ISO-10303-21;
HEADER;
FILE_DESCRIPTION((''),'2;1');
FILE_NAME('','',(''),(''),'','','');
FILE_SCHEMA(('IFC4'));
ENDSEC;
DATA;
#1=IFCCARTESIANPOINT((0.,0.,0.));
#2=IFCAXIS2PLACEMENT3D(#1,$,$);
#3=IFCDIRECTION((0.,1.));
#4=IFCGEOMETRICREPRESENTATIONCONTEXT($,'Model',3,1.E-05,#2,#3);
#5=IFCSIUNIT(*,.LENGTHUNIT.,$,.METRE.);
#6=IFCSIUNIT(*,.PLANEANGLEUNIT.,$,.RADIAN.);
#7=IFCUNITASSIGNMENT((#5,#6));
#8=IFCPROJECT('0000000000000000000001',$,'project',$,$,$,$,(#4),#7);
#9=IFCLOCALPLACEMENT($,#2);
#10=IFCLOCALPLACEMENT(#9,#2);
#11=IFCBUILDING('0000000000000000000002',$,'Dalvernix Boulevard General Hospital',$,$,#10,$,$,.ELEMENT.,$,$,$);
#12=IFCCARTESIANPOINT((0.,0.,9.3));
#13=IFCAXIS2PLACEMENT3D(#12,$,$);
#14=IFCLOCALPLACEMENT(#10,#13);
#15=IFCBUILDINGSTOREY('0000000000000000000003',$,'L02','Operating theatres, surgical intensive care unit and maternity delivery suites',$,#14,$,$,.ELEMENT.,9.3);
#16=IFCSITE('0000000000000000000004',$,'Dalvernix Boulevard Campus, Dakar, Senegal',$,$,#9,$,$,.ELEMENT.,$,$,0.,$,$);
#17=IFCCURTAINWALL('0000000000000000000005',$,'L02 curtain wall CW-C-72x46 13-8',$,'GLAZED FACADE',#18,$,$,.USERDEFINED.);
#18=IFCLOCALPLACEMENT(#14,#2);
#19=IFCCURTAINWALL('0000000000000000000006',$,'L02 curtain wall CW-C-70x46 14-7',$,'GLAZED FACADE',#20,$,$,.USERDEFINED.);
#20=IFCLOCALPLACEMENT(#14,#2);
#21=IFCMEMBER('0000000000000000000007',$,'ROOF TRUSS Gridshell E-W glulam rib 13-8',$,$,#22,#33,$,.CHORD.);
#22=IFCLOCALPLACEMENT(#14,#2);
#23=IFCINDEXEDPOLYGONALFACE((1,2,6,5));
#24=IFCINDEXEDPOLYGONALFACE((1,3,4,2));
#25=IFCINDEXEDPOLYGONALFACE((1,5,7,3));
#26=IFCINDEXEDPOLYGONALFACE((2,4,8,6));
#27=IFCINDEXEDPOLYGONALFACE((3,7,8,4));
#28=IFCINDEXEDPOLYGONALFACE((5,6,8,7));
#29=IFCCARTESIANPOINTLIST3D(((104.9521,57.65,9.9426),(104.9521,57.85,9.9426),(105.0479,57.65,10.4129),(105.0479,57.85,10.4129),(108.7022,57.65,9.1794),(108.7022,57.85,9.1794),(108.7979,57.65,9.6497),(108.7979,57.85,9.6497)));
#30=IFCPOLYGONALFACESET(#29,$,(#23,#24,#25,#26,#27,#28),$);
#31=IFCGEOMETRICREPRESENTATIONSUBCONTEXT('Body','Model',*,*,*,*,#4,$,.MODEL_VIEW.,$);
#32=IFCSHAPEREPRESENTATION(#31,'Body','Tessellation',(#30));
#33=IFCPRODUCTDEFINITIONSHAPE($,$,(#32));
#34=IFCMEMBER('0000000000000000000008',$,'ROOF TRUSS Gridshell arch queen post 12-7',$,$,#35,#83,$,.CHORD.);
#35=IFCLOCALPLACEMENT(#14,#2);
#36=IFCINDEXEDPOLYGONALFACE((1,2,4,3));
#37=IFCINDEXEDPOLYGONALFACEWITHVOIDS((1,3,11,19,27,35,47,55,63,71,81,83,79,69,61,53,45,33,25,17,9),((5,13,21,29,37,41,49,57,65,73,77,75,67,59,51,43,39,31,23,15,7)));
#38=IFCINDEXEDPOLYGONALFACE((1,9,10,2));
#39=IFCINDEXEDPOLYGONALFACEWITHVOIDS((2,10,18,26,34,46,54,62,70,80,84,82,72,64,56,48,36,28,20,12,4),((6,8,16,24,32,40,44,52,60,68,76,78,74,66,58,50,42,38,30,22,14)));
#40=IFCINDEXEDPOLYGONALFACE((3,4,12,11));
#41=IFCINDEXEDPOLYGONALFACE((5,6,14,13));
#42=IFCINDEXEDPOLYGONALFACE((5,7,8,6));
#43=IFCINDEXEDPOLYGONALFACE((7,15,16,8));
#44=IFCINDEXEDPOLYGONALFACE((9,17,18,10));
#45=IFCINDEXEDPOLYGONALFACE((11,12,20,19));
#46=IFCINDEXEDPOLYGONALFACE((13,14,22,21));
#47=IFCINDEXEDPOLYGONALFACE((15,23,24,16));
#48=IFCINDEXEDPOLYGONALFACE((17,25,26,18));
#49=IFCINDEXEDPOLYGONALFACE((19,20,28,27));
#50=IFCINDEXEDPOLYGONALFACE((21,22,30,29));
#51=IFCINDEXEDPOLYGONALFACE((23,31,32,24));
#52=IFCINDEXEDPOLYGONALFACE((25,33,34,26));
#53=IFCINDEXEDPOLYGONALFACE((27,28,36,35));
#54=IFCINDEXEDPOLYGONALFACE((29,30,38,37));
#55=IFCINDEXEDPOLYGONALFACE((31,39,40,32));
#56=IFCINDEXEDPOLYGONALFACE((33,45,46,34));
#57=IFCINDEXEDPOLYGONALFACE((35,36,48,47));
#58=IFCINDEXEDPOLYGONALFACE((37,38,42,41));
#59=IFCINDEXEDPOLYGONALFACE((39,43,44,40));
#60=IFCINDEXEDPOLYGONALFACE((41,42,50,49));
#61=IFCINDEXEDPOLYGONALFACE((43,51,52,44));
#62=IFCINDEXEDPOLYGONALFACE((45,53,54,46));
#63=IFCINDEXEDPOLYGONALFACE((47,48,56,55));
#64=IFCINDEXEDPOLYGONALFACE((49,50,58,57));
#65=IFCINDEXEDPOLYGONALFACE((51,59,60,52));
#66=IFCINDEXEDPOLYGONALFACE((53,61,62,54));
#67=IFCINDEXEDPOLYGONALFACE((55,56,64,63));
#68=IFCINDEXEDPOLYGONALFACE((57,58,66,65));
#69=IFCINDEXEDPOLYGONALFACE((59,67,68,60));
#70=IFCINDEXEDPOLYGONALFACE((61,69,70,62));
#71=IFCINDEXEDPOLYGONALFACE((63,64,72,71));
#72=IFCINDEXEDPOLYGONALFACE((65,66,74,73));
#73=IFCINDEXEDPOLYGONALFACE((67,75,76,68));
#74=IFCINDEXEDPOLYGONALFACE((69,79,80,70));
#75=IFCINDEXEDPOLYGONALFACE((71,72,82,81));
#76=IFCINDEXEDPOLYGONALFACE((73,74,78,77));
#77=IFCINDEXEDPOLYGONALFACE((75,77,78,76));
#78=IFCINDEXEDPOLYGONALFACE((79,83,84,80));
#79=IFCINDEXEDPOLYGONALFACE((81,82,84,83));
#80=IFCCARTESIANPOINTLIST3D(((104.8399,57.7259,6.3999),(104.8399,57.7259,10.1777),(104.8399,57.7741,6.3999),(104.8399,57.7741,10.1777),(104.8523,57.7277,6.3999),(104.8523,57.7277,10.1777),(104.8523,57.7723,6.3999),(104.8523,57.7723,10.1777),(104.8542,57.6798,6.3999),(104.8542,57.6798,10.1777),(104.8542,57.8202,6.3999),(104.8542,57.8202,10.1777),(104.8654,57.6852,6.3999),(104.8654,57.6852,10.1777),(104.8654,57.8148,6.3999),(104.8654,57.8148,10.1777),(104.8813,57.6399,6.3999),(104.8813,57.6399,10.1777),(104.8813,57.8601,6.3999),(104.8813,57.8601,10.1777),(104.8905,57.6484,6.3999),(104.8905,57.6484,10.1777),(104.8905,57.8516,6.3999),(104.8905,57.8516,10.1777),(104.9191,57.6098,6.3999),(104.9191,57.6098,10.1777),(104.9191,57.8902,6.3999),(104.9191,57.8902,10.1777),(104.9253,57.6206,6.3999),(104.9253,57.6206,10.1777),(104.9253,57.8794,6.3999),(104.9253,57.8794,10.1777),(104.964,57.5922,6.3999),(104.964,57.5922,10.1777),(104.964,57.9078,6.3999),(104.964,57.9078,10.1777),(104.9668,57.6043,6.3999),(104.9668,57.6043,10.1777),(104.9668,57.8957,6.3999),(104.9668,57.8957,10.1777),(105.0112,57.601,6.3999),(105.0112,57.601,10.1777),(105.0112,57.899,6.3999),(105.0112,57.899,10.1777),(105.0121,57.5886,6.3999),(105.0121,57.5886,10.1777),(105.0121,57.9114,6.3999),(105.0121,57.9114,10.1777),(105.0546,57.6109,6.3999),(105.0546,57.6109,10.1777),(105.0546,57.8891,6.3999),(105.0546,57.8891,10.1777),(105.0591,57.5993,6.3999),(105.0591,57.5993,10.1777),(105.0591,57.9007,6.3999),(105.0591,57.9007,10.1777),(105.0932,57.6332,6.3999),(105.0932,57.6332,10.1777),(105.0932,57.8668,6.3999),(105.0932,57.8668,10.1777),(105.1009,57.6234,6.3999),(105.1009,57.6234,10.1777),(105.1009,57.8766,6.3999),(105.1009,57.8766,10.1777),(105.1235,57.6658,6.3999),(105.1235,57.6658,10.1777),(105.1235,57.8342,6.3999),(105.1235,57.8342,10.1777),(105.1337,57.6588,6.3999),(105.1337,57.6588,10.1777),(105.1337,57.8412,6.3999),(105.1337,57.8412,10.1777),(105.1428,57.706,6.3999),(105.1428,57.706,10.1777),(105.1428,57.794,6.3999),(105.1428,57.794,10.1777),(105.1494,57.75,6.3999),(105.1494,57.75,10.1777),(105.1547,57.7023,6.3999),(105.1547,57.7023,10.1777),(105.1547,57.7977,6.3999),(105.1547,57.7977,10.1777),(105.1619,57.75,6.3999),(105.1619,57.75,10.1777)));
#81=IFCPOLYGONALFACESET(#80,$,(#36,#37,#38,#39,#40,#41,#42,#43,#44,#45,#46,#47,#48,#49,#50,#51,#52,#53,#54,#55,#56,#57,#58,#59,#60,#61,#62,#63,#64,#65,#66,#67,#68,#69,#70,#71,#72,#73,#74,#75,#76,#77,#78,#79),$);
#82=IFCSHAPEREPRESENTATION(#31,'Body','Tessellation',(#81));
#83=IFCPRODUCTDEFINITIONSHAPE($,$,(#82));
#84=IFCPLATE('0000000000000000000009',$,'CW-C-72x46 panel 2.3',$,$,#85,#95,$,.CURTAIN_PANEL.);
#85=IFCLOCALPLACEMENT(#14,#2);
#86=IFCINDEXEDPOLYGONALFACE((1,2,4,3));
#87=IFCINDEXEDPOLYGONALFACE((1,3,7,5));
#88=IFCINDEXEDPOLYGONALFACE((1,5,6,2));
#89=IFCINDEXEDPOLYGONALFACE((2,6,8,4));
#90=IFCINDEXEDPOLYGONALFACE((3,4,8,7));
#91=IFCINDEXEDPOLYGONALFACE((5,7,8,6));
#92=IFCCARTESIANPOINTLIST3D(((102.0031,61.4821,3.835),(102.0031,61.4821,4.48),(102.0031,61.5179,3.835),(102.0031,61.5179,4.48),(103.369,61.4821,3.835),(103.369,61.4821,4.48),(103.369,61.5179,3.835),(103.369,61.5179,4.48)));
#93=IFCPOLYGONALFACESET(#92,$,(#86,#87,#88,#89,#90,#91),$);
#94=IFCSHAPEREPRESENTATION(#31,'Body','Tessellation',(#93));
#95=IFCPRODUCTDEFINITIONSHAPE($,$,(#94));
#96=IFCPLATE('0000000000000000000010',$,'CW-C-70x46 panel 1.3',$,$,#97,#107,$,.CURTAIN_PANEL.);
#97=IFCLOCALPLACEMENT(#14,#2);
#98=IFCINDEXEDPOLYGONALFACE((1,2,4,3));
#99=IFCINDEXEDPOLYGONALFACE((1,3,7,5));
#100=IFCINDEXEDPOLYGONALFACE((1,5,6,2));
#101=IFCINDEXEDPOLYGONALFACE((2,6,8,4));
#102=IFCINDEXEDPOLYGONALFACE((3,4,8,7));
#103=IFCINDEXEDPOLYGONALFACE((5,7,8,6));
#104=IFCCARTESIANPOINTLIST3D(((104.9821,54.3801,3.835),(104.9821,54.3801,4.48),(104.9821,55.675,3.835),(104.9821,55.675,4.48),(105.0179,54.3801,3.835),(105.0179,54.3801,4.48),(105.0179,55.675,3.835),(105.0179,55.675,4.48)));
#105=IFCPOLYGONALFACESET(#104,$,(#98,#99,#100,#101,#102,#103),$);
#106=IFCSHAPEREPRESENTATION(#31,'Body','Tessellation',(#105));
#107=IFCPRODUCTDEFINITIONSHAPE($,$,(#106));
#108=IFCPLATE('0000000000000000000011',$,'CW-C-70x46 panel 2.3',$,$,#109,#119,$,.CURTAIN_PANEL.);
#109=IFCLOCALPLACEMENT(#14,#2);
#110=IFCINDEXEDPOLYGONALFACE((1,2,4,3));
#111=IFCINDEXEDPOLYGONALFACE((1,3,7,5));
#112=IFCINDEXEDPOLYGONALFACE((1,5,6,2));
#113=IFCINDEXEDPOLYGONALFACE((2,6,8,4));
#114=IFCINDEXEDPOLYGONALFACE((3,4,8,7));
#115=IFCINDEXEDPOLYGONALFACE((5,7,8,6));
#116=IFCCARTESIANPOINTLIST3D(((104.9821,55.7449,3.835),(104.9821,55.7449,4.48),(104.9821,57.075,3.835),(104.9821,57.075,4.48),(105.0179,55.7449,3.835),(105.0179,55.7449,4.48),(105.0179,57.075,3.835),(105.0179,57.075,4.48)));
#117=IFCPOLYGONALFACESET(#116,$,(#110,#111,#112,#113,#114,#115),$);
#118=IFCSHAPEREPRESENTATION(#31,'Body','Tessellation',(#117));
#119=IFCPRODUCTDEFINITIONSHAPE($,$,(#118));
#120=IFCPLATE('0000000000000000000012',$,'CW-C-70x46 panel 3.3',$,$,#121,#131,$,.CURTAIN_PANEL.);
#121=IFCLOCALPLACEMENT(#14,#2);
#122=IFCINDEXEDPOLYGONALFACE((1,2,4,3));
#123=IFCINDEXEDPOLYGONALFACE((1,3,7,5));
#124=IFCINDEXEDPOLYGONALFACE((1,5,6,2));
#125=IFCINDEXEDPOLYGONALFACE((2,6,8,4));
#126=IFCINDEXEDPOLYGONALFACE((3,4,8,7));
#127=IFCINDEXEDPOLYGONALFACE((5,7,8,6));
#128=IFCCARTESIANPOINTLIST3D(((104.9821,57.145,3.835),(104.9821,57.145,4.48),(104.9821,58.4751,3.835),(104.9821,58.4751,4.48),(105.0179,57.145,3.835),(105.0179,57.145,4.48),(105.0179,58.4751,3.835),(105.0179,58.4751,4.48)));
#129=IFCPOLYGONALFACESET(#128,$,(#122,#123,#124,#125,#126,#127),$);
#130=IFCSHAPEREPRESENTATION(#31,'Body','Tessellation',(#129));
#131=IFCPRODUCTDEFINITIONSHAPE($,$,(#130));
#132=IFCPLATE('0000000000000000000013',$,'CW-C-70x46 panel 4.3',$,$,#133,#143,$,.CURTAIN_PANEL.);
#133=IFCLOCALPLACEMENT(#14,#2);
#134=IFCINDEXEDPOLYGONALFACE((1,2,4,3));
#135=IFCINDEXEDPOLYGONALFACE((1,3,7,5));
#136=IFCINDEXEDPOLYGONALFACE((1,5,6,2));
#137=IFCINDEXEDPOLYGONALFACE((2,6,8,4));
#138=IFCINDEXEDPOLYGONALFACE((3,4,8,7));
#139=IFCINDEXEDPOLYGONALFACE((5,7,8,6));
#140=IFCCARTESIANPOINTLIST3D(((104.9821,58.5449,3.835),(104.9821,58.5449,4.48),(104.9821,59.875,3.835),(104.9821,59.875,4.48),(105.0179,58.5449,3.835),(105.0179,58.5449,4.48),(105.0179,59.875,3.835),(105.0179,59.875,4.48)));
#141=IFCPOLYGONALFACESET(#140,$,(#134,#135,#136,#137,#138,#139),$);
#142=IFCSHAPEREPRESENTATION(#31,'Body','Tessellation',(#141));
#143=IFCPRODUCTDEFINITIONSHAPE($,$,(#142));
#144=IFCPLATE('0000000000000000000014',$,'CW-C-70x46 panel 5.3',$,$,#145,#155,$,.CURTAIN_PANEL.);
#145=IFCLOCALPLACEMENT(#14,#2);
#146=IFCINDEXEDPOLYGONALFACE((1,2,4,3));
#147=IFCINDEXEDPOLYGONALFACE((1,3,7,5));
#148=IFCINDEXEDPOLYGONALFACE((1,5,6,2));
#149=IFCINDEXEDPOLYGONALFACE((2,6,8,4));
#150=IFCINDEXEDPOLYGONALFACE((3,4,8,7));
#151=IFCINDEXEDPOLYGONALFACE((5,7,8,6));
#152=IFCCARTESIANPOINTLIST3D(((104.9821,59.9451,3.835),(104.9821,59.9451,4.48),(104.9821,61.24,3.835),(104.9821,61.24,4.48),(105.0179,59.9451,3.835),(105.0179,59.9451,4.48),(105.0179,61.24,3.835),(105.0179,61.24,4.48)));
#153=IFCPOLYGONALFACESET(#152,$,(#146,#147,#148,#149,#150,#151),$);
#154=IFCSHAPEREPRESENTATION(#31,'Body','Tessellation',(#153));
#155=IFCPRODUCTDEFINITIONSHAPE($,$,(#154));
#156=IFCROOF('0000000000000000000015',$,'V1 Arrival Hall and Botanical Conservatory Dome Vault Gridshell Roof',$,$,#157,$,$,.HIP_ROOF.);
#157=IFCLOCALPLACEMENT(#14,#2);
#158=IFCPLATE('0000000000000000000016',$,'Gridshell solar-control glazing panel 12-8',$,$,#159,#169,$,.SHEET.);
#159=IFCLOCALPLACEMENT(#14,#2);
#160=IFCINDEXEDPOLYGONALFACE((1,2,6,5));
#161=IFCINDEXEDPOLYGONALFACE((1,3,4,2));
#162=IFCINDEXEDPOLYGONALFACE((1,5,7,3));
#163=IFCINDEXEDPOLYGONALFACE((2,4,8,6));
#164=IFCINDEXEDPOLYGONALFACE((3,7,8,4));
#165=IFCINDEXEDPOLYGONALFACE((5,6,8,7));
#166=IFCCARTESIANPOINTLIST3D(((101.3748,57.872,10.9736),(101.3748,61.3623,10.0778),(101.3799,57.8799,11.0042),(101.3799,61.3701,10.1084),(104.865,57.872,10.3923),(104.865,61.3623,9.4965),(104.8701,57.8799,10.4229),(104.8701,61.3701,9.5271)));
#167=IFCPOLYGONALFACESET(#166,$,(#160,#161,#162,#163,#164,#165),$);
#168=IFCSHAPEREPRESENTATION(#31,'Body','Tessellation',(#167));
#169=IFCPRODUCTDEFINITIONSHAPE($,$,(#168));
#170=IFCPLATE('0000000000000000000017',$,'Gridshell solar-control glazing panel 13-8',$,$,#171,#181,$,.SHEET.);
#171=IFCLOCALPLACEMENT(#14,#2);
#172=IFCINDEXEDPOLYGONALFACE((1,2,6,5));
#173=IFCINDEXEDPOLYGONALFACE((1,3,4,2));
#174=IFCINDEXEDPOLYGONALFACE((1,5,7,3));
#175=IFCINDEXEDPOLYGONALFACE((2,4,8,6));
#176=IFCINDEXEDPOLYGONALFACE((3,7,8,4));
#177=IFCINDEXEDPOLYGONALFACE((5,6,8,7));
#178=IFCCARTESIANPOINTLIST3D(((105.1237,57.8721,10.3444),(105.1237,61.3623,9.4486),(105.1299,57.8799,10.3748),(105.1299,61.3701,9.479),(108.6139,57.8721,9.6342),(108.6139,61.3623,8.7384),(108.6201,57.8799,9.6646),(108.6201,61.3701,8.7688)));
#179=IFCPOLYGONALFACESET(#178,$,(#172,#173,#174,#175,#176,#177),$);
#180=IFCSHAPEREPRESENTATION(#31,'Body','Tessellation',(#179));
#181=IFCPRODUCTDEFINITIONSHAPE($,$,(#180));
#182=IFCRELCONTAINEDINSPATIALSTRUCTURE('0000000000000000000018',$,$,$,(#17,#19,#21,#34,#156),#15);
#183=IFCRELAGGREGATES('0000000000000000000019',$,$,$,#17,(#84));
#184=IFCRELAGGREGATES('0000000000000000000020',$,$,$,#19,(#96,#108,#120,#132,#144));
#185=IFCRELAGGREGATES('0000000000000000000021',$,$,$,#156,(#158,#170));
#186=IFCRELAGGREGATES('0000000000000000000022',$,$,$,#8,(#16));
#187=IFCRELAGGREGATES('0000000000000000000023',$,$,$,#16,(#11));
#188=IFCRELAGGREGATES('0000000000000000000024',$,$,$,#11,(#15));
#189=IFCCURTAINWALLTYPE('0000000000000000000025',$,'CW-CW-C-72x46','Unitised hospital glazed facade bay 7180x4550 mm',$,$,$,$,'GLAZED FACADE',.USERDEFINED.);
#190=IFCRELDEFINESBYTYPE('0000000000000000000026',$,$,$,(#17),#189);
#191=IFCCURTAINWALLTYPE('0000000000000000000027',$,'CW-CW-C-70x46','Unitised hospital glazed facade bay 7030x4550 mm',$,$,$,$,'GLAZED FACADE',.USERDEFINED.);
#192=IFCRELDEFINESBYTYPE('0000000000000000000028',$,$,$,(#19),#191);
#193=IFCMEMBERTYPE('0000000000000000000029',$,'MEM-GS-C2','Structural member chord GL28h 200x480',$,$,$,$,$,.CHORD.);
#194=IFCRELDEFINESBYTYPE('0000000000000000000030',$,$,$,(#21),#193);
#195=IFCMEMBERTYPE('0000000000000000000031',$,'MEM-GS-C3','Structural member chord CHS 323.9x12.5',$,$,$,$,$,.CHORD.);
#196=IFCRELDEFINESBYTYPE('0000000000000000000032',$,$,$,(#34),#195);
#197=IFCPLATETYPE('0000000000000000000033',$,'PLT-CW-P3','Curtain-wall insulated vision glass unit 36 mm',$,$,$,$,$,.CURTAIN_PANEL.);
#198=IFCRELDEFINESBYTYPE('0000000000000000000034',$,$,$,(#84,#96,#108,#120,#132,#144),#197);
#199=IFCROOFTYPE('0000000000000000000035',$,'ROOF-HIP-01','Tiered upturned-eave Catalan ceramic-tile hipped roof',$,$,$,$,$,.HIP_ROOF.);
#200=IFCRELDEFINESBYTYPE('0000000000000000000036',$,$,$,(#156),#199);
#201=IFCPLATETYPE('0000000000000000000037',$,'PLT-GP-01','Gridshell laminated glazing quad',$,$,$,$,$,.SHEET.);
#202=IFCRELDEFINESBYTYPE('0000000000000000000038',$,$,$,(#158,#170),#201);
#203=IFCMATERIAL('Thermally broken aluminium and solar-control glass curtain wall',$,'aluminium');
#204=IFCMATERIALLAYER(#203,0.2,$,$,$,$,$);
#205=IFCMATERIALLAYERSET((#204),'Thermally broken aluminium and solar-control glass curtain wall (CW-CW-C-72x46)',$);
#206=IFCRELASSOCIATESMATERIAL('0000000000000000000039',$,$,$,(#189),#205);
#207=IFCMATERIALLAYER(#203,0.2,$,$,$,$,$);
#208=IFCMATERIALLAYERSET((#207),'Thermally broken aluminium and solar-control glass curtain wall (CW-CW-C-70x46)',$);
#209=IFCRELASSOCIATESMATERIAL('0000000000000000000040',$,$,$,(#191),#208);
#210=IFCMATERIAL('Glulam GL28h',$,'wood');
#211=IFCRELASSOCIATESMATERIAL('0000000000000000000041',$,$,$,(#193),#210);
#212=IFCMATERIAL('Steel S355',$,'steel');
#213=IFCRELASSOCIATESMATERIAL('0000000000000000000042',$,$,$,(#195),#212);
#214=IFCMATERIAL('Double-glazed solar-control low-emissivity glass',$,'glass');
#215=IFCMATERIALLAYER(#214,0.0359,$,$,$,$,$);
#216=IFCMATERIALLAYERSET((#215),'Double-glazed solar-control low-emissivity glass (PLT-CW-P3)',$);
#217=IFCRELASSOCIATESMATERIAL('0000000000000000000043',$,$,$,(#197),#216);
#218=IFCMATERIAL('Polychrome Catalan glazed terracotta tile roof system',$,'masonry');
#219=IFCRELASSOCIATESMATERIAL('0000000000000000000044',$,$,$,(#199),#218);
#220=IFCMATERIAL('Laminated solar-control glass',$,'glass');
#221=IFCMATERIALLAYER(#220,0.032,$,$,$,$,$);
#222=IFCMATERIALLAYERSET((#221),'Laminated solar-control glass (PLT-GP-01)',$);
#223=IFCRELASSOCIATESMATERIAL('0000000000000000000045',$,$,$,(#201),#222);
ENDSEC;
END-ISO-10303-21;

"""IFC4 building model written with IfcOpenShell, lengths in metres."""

from ifc_helpers import new_model, si_unit, direction, frame, origin, origin_2d, place, context, subcontext, project, spatial, polyline, rectangle, hollow_circle, outline, extrude, material, layer, layer_set, material_profile, profile_set, type_object, element, aggregate, save


model = new_model("IFC4")

# Units and contexts
model_context = context("Model", 3, precision=1e-05, world=origin(), true_north=direction((0.0, 1.0)))
body_context = subcontext(model_context, "Body", "Model", "MODEL_VIEW")
ifc_project = project(units=[si_unit("LENGTHUNIT", "METRE"), si_unit("PLANEANGLEUNIT", "RADIAN")], contexts=[model_context])

# Site, building, storey
site_placement = place(None, origin())
site = spatial("IfcSite", under=ifc_project, at=site_placement, Name="Dalvernix Boulevard Campus, Dakar, Senegal", CompositionType="ELEMENT", RefElevation=0.0)
building_placement = place(site_placement, origin())
building = spatial("IfcBuilding", under=site, at=building_placement, Name="Dalvernix Boulevard General Hospital", CompositionType="ELEMENT")
storey_placement = place(building_placement, frame((0.0, 0.0, 9.3)))
storey = spatial("IfcBuildingStorey", under=building, at=storey_placement, Name="L02", Description="Operating theatres, surgical intensive care unit and maternity delivery suites", CompositionType="ELEMENT", Elevation=9.3)

# Shared definitions
ifc_material_1 = material(Name="Steel S355", Category="steel")

# Curtain wall
ifc_material_2 = material(Name="Thermally broken aluminium and solar-control glass curtain wall", Category="aluminium")
ifc_layer_1 = layer(ifc_material_2, 0.2)
ifc_layer_set_1 = layer_set([ifc_layer_1], Name="Thermally broken aluminium and solar-control glass curtain wall (CW-CW-C-72x46)")
curtain_wall_type_1 = type_object("IfcCurtainWallType", Name="CW-CW-C-72x46", Description="Unitised hospital glazed facade bay 7180x4550 mm", ElementType="GLAZED FACADE", PredefinedType="USERDEFINED", material=ifc_layer_set_1)
curtain_wall_1_placement = place(storey_placement, origin())
curtain_wall_1 = element("IfcCurtainWall", 1, at=curtain_wall_1_placement, inside=storey, type_object=curtain_wall_type_1, Name="L02 curtain wall CW-C-72x46 13-8", ObjectType="GLAZED FACADE", PredefinedType="USERDEFINED")

# Curtain wall
ifc_layer_2 = layer(ifc_material_2, 0.2)
ifc_layer_set_2 = layer_set([ifc_layer_2], Name="Thermally broken aluminium and solar-control glass curtain wall (CW-CW-C-70x46)")
curtain_wall_type_2 = type_object("IfcCurtainWallType", Name="CW-CW-C-70x46", Description="Unitised hospital glazed facade bay 7030x4550 mm", ElementType="GLAZED FACADE", PredefinedType="USERDEFINED", material=ifc_layer_set_2)
curtain_wall_2_placement = place(storey_placement, origin())
curtain_wall_2 = element("IfcCurtainWall", 2, at=curtain_wall_2_placement, inside=storey, type_object=curtain_wall_type_2, Name="L02 curtain wall CW-C-70x46 14-7", ObjectType="GLAZED FACADE", PredefinedType="USERDEFINED")

# Members
ifc_material_3 = material(Name="Glulam GL28h", Category="wood")
ifc_material_profile_1 = material_profile(ifc_material_3, rectangle(XDim=0.2, YDim=0.48, at=origin_2d()), Name="GL28h 200x480")
ifc_profile_set_1 = profile_set([ifc_material_profile_1], Name="Glulam GL28h")
member_type_1 = type_object("IfcMemberType", Name="MEM-GS-C2", Description="Structural member chord GL28h 200x480", PredefinedType="CHORD", material=ifc_profile_set_1)
member_1_placement = place(storey_placement, frame((105.0, 57.75, 10.1777), z_axis=(0.979913, 0.0, -0.199428), x_axis=(0.0, 1.0, 0.0)))
element("IfcMember", 3, at=member_1_placement, inside=storey, type_object=member_type_1, Name="ROOF TRUSS Gridshell E-W glulam rib 13-8", PredefinedType="CHORD", context=body_context, shape_type="SweptSolid", body=[
    extrude(rectangle(XDim=0.2, YDim=0.48, at=origin_2d()), origin(), (0.0, 0.0, 1.0), 3.8269),
])
ifc_material_profile_2 = material_profile(ifc_material_1, hollow_circle(Radius=0.1619, WallThickness=0.0125, at=origin_2d()), Name="CHS 323.9x12.5")
ifc_profile_set_2 = profile_set([ifc_material_profile_2], Name="Steel S355")
member_type_2 = type_object("IfcMemberType", Name="MEM-GS-C3", Description="Structural member chord CHS 323.9x12.5", PredefinedType="CHORD", material=ifc_profile_set_2)
member_2_placement = place(storey_placement, frame((105.0, 57.75, 6.3999), z_axis=(0.0, 0.0, 1.0), x_axis=(1.0, 0.0, 0.0)))
element("IfcMember", 4, at=member_2_placement, inside=storey, type_object=member_type_2, Name="ROOF TRUSS Gridshell arch queen post 12-7", PredefinedType="CHORD", context=body_context, shape_type="SweptSolid", body=[
    extrude(hollow_circle(Radius=0.1619, WallThickness=0.0125, at=origin_2d()), origin(), (0.0, 0.0, 1.0), 3.7778),
])

# Plates
ifc_material_4 = material(Name="Double-glazed solar-control low-emissivity glass", Category="glass")
ifc_layer_3 = layer(ifc_material_4, 0.0359)
ifc_layer_set_3 = layer_set([ifc_layer_3], Name="Double-glazed solar-control low-emissivity glass (PLT-CW-P3)")
plate_type_1 = type_object("IfcPlateType", Name="PLT-CW-P3", Description="Curtain-wall insulated vision glass unit 36 mm", PredefinedType="CURTAIN_PANEL", material=ifc_layer_set_3)
plate_1_placement = place(storey_placement, frame((102.686, 61.5, 3.835), z_axis=(0.0, 0.0, 1.0), x_axis=(-1.0, 0.0, 0.0)))
plate_1 = element("IfcPlate", 5, at=plate_1_placement, type_object=plate_type_1, Name="CW-C-72x46 panel 2.3", PredefinedType="CURTAIN_PANEL", context=body_context, shape_type="SweptSolid", body=[
    extrude(rectangle(XDim=1.366, YDim=0.0359, at=origin_2d()), origin(), (0.0, 0.0, 1.0), 0.645),
])
aggregate(curtain_wall_1, [plate_1])
plate_2_placement = place(storey_placement, frame((105.0, 55.0276, 3.835), z_axis=(0.0, 0.0, 1.0), x_axis=(0.0, 1.0, 0.0)))
plate_2 = element("IfcPlate", 6, at=plate_2_placement, type_object=plate_type_1, Name="CW-C-70x46 panel 1.3", PredefinedType="CURTAIN_PANEL", context=body_context, shape_type="SweptSolid", body=[
    extrude(rectangle(XDim=1.2949, YDim=0.0359, at=origin_2d()), origin(), (0.0, 0.0, 1.0), 0.645),
])
plate_3_placement = place(storey_placement, frame((105.0, 56.4099, 3.835), z_axis=(0.0, 0.0, 1.0), x_axis=(0.0, 1.0, 0.0)))
plate_3 = element("IfcPlate", 7, at=plate_3_placement, type_object=plate_type_1, Name="CW-C-70x46 panel 2.3", PredefinedType="CURTAIN_PANEL", context=body_context, shape_type="SweptSolid", body=[
    extrude(rectangle(XDim=1.3301, YDim=0.0359, at=origin_2d()), origin(), (0.0, 0.0, 1.0), 0.645),
])
plate_4_placement = place(storey_placement, frame((105.0, 57.8101, 3.835), z_axis=(0.0, 0.0, 1.0), x_axis=(0.0, 1.0, 0.0)))
plate_4 = element("IfcPlate", 8, at=plate_4_placement, type_object=plate_type_1, Name="CW-C-70x46 panel 3.3", PredefinedType="CURTAIN_PANEL", context=body_context, shape_type="SweptSolid", body=[
    extrude(rectangle(XDim=1.3301, YDim=0.0359, at=origin_2d()), origin(), (0.0, 0.0, 1.0), 0.645),
])
plate_5_placement = place(storey_placement, frame((105.0, 59.21, 3.835), z_axis=(0.0, 0.0, 1.0), x_axis=(0.0, 1.0, 0.0)))
plate_5 = element("IfcPlate", 9, at=plate_5_placement, type_object=plate_type_1, Name="CW-C-70x46 panel 4.3", PredefinedType="CURTAIN_PANEL", context=body_context, shape_type="SweptSolid", body=[
    extrude(rectangle(XDim=1.3301, YDim=0.0359, at=origin_2d()), origin(), (0.0, 0.0, 1.0), 0.645),
])
plate_6_placement = place(storey_placement, frame((105.0, 60.5925, 3.835), z_axis=(0.0, 0.0, 1.0), x_axis=(0.0, 1.0, 0.0)))
plate_6 = element("IfcPlate", 10, at=plate_6_placement, type_object=plate_type_1, Name="CW-C-70x46 panel 5.3", PredefinedType="CURTAIN_PANEL", context=body_context, shape_type="SweptSolid", body=[
    extrude(rectangle(XDim=1.2949, YDim=0.0359, at=origin_2d()), origin(), (0.0, 0.0, 1.0), 0.645),
])
aggregate(curtain_wall_2, [plate_2, plate_3, plate_4, plate_5, plate_6])

# Roof, plates
ifc_material_5 = material(Name="Polychrome Catalan glazed terracotta tile roof system", Category="masonry")
roof_type = type_object("IfcRoofType", Name="ROOF-HIP-01", Description="Tiered upturned-eave Catalan ceramic-tile hipped roof", PredefinedType="HIP_ROOF", material=ifc_material_5)
roof_placement = place(storey_placement, origin())
roof = element("IfcRoof", 11, at=roof_placement, inside=storey, type_object=roof_type, Name="V1 Arrival Hall and Botanical Conservatory Dome Vault Gridshell Roof", PredefinedType="HIP_ROOF")
ifc_material_6 = material(Name="Laminated solar-control glass", Category="glass")
ifc_layer_4 = layer(ifc_material_6, 0.032)
ifc_layer_set_4 = layer_set([ifc_layer_4], Name="Laminated solar-control glass (PLT-GP-01)")
plate_type_2 = type_object("IfcPlateType", Name="PLT-GP-01", Description="Gridshell laminated glazing quad", PredefinedType="SHEET", material=ifc_layer_set_4)
plate_7_placement = place(storey_placement, frame((101.3799, 57.8799, 11.0042), z_axis=(0.159263, 0.245416, 0.956246), x_axis=(0.986413, 0.0, -0.164287)))
plate_7 = element("IfcPlate", 12, at=plate_7_placement, type_object=plate_type_2, Name="Gridshell solar-control glazing panel 12-8", PredefinedType="SHEET", context=body_context, shape_type="SweptSolid", body=[
    extrude(outline(polyline([(0.0, 0.0), (3.5383, 0.0), (3.6855, 3.6003), (0.1472, 3.6003), (0.0, 0.0)])), origin(), (0.0, 0.0, -1.0), 0.032),
])
plate_8_placement = place(storey_placement, frame((105.1299, 57.8799, 10.3748), z_axis=(0.193376, 0.243897, 0.950326), x_axis=(0.979919, 0.0, -0.199397)))
plate_8 = element("IfcPlate", 13, at=plate_8_placement, type_object=plate_type_2, Name="Gridshell solar-control glazing panel 13-8", PredefinedType="SHEET", context=body_context, shape_type="SweptSolid", body=[
    extrude(outline(polyline([(0.0, 0.0), (3.5618, 0.0), (3.7404, 3.5989), (0.1786, 3.5989), (0.0, 0.0)])), origin(), (0.0, 0.0, -1.0), 0.032),
])
aggregate(roof, [plate_7, plate_8])

save(model, "model.ifc")
